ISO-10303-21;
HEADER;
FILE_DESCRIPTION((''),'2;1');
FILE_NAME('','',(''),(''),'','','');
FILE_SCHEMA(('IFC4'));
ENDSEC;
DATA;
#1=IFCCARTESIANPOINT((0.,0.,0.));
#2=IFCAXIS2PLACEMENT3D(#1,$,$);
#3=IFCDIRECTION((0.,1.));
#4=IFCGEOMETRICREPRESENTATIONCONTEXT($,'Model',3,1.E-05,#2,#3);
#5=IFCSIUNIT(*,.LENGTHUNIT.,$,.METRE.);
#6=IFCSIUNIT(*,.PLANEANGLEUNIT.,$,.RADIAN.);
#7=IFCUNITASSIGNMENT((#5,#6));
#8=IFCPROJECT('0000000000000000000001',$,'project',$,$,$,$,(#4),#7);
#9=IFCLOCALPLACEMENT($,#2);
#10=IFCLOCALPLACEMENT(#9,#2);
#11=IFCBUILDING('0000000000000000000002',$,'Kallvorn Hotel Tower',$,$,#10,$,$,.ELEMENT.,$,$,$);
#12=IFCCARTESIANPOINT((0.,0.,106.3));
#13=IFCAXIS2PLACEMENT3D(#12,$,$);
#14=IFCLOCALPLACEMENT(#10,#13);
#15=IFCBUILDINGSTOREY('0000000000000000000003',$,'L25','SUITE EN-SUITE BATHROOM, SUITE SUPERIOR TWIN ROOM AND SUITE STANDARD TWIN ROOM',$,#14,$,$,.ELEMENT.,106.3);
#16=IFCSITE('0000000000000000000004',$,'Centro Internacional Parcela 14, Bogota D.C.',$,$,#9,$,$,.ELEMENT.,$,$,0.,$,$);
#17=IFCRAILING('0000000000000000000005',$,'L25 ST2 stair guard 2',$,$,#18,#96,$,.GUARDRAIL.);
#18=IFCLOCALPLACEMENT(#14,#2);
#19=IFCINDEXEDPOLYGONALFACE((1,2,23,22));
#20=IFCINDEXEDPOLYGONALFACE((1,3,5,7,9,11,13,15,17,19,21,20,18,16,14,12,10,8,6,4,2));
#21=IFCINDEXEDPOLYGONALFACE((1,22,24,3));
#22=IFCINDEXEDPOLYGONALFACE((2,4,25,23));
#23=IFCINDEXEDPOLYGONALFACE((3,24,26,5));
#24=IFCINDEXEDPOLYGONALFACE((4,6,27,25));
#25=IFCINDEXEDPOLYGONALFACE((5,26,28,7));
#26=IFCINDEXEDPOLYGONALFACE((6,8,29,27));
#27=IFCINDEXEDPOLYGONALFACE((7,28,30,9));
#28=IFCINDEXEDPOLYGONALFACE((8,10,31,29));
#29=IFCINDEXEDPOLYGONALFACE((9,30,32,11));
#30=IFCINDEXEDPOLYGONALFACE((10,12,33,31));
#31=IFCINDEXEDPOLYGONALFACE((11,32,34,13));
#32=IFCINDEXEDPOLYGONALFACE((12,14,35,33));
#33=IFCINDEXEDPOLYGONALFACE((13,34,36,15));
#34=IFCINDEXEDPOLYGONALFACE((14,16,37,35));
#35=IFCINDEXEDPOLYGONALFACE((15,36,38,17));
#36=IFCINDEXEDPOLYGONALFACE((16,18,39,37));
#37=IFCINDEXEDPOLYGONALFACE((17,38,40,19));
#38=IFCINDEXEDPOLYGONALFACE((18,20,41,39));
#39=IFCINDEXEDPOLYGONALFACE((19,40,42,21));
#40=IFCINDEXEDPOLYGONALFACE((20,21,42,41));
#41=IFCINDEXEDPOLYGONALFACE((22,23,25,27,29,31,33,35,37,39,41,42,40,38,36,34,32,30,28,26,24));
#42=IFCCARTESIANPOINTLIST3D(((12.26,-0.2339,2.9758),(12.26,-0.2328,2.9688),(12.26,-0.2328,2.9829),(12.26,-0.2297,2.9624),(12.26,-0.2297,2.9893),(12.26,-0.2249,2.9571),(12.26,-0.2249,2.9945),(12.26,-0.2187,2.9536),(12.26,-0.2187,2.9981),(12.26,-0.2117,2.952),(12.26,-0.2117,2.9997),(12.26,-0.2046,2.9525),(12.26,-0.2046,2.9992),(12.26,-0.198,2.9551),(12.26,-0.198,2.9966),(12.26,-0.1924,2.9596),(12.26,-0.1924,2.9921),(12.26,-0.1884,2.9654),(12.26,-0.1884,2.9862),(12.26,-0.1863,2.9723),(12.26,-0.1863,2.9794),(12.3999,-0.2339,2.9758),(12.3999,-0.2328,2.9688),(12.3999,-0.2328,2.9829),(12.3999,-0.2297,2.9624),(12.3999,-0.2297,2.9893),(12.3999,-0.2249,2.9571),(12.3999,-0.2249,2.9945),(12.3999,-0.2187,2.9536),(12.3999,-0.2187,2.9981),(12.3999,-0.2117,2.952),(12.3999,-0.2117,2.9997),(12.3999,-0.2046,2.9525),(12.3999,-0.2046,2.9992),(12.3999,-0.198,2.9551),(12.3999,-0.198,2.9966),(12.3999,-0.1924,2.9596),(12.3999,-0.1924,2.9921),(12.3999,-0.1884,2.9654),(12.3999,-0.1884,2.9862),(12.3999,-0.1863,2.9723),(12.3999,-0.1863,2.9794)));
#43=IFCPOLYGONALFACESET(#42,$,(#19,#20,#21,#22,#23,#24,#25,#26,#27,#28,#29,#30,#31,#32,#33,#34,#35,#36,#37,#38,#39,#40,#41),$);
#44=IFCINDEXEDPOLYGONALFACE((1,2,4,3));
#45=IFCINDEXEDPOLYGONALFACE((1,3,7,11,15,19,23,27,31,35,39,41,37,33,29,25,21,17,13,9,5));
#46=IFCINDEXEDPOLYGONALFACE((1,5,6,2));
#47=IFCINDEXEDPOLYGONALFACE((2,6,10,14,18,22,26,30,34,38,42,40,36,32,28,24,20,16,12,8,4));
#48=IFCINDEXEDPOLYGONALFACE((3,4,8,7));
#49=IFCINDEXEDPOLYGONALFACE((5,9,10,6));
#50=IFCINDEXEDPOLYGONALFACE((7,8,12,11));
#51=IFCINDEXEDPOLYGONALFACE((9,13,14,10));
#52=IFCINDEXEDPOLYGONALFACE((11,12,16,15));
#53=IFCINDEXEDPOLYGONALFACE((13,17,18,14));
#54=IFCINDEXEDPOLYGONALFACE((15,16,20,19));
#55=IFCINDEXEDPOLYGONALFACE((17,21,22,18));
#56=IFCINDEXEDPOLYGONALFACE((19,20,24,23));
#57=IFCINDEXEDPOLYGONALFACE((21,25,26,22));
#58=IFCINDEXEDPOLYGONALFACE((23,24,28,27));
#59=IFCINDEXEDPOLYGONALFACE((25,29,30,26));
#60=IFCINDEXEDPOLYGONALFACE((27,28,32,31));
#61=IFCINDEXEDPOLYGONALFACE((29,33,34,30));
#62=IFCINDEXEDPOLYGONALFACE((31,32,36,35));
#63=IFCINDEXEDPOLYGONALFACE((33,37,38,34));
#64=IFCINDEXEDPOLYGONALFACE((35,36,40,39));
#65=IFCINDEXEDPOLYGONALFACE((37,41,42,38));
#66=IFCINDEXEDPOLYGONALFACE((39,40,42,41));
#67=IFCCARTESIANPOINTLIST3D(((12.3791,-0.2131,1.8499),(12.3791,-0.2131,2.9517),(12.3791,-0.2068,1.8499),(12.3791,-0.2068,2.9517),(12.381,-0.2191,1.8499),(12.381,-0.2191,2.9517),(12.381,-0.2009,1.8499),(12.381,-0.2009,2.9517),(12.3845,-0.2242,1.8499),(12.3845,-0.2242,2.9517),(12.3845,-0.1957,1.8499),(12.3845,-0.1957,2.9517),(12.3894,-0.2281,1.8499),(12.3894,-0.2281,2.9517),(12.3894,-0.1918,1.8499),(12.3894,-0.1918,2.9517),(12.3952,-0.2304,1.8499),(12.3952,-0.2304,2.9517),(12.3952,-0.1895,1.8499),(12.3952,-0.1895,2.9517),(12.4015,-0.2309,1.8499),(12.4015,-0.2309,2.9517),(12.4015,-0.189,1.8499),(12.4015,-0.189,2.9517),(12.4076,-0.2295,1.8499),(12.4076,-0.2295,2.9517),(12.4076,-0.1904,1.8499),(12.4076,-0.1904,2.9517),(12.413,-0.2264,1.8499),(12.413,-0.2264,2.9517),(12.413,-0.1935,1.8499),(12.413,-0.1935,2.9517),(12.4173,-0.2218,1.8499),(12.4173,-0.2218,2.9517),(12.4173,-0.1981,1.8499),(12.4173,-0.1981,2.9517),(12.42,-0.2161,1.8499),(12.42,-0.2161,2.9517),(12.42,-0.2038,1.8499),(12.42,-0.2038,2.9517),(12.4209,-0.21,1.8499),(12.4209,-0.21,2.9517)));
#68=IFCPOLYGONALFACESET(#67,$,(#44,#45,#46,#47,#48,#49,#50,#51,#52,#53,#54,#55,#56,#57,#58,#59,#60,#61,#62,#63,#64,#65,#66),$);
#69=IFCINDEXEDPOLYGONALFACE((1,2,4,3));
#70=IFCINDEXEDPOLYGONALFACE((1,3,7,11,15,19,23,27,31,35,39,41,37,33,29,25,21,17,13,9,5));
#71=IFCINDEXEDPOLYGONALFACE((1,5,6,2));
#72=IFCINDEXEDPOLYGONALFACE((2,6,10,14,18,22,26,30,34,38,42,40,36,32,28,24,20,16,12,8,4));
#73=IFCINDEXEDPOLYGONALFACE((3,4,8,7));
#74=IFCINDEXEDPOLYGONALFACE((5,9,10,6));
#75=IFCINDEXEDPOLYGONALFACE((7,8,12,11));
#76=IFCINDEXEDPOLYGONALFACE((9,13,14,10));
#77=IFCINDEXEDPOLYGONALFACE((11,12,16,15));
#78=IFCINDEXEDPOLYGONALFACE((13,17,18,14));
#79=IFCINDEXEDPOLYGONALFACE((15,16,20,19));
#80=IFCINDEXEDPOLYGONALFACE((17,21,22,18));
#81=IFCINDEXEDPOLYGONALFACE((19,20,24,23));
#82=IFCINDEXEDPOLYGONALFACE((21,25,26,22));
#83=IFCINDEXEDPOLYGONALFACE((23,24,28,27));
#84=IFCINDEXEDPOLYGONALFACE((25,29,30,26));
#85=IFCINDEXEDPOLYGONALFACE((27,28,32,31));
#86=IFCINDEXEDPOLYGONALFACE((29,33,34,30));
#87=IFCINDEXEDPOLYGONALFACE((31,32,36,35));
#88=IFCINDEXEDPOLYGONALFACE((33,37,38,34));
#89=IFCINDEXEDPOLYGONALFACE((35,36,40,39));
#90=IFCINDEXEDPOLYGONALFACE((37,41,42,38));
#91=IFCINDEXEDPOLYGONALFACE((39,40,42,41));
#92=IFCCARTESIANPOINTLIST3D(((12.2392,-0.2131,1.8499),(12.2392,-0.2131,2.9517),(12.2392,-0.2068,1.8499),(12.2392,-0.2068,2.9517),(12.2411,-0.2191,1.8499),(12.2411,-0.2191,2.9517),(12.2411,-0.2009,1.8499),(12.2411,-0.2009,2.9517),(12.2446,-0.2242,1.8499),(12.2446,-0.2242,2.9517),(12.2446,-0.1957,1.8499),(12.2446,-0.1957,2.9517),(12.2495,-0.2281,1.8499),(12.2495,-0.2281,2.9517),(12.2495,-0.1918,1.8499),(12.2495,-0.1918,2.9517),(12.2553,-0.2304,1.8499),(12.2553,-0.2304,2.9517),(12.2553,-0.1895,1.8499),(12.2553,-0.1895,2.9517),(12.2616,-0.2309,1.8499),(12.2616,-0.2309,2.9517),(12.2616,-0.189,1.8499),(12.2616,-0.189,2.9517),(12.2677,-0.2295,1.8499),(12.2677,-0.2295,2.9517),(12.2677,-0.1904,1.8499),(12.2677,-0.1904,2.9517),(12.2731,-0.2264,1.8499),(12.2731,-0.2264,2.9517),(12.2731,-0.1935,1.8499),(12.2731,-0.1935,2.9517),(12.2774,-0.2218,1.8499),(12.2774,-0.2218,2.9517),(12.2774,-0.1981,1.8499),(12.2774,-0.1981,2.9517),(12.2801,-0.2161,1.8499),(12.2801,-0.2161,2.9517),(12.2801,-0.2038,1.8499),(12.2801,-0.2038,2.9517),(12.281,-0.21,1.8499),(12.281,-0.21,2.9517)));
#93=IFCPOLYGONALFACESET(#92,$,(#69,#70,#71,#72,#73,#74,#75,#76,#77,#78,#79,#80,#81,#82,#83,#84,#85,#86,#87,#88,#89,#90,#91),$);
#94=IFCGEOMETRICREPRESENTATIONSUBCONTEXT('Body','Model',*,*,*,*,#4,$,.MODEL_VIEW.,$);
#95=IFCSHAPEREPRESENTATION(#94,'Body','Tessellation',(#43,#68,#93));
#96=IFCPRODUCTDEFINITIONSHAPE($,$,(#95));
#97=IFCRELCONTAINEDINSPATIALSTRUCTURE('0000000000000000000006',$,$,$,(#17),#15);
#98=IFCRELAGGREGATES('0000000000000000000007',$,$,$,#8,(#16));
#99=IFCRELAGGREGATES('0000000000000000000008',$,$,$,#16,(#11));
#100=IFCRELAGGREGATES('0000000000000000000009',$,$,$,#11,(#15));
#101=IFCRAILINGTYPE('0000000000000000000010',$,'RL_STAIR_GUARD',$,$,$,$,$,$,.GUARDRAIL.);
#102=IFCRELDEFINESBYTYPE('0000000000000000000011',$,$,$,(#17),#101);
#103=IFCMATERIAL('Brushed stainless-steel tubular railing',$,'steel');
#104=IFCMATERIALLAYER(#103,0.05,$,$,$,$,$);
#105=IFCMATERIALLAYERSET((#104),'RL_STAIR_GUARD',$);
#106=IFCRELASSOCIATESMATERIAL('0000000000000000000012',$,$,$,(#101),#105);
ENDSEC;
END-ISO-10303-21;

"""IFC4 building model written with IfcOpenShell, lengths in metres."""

from ifc_helpers import new_model, si_unit, direction, frame, origin, origin_2d, place, context, subcontext, project, spatial, circle, extrude, material, layer, layer_set, type_object, element, save


model = new_model("IFC4")

# Units and contexts
model_context = context("Model", 3, precision=1e-05, world=origin(), true_north=direction((0.0, 1.0)))
body_context = subcontext(model_context, "Body", "Model", "MODEL_VIEW")
ifc_project = project(units=[si_unit("LENGTHUNIT", "METRE"), si_unit("PLANEANGLEUNIT", "RADIAN")], contexts=[model_context])

# Site, building, storey
site_placement = place(None, origin())
site = spatial("IfcSite", under=ifc_project, at=site_placement, Name="Centro Internacional Parcela 14, Bogota D.C.", CompositionType="ELEMENT", RefElevation=0.0)
building_placement = place(site_placement, origin())
building = spatial("IfcBuilding", under=site, at=building_placement, Name="Kallvorn Hotel Tower", CompositionType="ELEMENT")
storey_placement = place(building_placement, frame((0.0, 0.0, 106.3)))
storey = spatial("IfcBuildingStorey", under=building, at=storey_placement, Name="L25", Description="SUITE EN-SUITE BATHROOM, SUITE SUPERIOR TWIN ROOM AND SUITE STANDARD TWIN ROOM", CompositionType="ELEMENT", Elevation=106.3)

# Railing
ifc_material_1 = material(Name="Brushed stainless-steel tubular railing", Category="steel")
ifc_layer_1 = layer(ifc_material_1, 0.05)
ifc_layer_set_1 = layer_set([ifc_layer_1], Name="RL_STAIR_GUARD")
railing_type_1 = type_object("IfcRailingType", Name="RL_STAIR_GUARD", PredefinedType="GUARDRAIL", material=ifc_layer_set_1)
railing_1_placement = place(storey_placement, frame((12.3999, -0.21, 1.8499)))
element("IfcRailing", 1, at=railing_1_placement, inside=storey, type_object=railing_type_1, Name="L25 ST2 stair guard 2", PredefinedType="GUARDRAIL", context=body_context, shape_type="SweptSolid", body=[
    extrude(circle(Radius=0.0239, at=origin_2d()), frame((0.0, 0.0, 1.126), z_axis=(-1.0, 0.0, 0.0), x_axis=(0.0, -1.0, 0.0)), (0.0, 0.0, 1.0), 0.1399),
    extrude(circle(Radius=0.021, at=origin_2d()), origin(), (0.0, 0.0, 1.0), 1.1018),
    extrude(circle(Radius=0.021, at=origin_2d()), frame((-0.1399, 0.0, 0.0)), (0.0, 0.0, 1.0), 1.1018),
])

save(model, "model.ifc")
